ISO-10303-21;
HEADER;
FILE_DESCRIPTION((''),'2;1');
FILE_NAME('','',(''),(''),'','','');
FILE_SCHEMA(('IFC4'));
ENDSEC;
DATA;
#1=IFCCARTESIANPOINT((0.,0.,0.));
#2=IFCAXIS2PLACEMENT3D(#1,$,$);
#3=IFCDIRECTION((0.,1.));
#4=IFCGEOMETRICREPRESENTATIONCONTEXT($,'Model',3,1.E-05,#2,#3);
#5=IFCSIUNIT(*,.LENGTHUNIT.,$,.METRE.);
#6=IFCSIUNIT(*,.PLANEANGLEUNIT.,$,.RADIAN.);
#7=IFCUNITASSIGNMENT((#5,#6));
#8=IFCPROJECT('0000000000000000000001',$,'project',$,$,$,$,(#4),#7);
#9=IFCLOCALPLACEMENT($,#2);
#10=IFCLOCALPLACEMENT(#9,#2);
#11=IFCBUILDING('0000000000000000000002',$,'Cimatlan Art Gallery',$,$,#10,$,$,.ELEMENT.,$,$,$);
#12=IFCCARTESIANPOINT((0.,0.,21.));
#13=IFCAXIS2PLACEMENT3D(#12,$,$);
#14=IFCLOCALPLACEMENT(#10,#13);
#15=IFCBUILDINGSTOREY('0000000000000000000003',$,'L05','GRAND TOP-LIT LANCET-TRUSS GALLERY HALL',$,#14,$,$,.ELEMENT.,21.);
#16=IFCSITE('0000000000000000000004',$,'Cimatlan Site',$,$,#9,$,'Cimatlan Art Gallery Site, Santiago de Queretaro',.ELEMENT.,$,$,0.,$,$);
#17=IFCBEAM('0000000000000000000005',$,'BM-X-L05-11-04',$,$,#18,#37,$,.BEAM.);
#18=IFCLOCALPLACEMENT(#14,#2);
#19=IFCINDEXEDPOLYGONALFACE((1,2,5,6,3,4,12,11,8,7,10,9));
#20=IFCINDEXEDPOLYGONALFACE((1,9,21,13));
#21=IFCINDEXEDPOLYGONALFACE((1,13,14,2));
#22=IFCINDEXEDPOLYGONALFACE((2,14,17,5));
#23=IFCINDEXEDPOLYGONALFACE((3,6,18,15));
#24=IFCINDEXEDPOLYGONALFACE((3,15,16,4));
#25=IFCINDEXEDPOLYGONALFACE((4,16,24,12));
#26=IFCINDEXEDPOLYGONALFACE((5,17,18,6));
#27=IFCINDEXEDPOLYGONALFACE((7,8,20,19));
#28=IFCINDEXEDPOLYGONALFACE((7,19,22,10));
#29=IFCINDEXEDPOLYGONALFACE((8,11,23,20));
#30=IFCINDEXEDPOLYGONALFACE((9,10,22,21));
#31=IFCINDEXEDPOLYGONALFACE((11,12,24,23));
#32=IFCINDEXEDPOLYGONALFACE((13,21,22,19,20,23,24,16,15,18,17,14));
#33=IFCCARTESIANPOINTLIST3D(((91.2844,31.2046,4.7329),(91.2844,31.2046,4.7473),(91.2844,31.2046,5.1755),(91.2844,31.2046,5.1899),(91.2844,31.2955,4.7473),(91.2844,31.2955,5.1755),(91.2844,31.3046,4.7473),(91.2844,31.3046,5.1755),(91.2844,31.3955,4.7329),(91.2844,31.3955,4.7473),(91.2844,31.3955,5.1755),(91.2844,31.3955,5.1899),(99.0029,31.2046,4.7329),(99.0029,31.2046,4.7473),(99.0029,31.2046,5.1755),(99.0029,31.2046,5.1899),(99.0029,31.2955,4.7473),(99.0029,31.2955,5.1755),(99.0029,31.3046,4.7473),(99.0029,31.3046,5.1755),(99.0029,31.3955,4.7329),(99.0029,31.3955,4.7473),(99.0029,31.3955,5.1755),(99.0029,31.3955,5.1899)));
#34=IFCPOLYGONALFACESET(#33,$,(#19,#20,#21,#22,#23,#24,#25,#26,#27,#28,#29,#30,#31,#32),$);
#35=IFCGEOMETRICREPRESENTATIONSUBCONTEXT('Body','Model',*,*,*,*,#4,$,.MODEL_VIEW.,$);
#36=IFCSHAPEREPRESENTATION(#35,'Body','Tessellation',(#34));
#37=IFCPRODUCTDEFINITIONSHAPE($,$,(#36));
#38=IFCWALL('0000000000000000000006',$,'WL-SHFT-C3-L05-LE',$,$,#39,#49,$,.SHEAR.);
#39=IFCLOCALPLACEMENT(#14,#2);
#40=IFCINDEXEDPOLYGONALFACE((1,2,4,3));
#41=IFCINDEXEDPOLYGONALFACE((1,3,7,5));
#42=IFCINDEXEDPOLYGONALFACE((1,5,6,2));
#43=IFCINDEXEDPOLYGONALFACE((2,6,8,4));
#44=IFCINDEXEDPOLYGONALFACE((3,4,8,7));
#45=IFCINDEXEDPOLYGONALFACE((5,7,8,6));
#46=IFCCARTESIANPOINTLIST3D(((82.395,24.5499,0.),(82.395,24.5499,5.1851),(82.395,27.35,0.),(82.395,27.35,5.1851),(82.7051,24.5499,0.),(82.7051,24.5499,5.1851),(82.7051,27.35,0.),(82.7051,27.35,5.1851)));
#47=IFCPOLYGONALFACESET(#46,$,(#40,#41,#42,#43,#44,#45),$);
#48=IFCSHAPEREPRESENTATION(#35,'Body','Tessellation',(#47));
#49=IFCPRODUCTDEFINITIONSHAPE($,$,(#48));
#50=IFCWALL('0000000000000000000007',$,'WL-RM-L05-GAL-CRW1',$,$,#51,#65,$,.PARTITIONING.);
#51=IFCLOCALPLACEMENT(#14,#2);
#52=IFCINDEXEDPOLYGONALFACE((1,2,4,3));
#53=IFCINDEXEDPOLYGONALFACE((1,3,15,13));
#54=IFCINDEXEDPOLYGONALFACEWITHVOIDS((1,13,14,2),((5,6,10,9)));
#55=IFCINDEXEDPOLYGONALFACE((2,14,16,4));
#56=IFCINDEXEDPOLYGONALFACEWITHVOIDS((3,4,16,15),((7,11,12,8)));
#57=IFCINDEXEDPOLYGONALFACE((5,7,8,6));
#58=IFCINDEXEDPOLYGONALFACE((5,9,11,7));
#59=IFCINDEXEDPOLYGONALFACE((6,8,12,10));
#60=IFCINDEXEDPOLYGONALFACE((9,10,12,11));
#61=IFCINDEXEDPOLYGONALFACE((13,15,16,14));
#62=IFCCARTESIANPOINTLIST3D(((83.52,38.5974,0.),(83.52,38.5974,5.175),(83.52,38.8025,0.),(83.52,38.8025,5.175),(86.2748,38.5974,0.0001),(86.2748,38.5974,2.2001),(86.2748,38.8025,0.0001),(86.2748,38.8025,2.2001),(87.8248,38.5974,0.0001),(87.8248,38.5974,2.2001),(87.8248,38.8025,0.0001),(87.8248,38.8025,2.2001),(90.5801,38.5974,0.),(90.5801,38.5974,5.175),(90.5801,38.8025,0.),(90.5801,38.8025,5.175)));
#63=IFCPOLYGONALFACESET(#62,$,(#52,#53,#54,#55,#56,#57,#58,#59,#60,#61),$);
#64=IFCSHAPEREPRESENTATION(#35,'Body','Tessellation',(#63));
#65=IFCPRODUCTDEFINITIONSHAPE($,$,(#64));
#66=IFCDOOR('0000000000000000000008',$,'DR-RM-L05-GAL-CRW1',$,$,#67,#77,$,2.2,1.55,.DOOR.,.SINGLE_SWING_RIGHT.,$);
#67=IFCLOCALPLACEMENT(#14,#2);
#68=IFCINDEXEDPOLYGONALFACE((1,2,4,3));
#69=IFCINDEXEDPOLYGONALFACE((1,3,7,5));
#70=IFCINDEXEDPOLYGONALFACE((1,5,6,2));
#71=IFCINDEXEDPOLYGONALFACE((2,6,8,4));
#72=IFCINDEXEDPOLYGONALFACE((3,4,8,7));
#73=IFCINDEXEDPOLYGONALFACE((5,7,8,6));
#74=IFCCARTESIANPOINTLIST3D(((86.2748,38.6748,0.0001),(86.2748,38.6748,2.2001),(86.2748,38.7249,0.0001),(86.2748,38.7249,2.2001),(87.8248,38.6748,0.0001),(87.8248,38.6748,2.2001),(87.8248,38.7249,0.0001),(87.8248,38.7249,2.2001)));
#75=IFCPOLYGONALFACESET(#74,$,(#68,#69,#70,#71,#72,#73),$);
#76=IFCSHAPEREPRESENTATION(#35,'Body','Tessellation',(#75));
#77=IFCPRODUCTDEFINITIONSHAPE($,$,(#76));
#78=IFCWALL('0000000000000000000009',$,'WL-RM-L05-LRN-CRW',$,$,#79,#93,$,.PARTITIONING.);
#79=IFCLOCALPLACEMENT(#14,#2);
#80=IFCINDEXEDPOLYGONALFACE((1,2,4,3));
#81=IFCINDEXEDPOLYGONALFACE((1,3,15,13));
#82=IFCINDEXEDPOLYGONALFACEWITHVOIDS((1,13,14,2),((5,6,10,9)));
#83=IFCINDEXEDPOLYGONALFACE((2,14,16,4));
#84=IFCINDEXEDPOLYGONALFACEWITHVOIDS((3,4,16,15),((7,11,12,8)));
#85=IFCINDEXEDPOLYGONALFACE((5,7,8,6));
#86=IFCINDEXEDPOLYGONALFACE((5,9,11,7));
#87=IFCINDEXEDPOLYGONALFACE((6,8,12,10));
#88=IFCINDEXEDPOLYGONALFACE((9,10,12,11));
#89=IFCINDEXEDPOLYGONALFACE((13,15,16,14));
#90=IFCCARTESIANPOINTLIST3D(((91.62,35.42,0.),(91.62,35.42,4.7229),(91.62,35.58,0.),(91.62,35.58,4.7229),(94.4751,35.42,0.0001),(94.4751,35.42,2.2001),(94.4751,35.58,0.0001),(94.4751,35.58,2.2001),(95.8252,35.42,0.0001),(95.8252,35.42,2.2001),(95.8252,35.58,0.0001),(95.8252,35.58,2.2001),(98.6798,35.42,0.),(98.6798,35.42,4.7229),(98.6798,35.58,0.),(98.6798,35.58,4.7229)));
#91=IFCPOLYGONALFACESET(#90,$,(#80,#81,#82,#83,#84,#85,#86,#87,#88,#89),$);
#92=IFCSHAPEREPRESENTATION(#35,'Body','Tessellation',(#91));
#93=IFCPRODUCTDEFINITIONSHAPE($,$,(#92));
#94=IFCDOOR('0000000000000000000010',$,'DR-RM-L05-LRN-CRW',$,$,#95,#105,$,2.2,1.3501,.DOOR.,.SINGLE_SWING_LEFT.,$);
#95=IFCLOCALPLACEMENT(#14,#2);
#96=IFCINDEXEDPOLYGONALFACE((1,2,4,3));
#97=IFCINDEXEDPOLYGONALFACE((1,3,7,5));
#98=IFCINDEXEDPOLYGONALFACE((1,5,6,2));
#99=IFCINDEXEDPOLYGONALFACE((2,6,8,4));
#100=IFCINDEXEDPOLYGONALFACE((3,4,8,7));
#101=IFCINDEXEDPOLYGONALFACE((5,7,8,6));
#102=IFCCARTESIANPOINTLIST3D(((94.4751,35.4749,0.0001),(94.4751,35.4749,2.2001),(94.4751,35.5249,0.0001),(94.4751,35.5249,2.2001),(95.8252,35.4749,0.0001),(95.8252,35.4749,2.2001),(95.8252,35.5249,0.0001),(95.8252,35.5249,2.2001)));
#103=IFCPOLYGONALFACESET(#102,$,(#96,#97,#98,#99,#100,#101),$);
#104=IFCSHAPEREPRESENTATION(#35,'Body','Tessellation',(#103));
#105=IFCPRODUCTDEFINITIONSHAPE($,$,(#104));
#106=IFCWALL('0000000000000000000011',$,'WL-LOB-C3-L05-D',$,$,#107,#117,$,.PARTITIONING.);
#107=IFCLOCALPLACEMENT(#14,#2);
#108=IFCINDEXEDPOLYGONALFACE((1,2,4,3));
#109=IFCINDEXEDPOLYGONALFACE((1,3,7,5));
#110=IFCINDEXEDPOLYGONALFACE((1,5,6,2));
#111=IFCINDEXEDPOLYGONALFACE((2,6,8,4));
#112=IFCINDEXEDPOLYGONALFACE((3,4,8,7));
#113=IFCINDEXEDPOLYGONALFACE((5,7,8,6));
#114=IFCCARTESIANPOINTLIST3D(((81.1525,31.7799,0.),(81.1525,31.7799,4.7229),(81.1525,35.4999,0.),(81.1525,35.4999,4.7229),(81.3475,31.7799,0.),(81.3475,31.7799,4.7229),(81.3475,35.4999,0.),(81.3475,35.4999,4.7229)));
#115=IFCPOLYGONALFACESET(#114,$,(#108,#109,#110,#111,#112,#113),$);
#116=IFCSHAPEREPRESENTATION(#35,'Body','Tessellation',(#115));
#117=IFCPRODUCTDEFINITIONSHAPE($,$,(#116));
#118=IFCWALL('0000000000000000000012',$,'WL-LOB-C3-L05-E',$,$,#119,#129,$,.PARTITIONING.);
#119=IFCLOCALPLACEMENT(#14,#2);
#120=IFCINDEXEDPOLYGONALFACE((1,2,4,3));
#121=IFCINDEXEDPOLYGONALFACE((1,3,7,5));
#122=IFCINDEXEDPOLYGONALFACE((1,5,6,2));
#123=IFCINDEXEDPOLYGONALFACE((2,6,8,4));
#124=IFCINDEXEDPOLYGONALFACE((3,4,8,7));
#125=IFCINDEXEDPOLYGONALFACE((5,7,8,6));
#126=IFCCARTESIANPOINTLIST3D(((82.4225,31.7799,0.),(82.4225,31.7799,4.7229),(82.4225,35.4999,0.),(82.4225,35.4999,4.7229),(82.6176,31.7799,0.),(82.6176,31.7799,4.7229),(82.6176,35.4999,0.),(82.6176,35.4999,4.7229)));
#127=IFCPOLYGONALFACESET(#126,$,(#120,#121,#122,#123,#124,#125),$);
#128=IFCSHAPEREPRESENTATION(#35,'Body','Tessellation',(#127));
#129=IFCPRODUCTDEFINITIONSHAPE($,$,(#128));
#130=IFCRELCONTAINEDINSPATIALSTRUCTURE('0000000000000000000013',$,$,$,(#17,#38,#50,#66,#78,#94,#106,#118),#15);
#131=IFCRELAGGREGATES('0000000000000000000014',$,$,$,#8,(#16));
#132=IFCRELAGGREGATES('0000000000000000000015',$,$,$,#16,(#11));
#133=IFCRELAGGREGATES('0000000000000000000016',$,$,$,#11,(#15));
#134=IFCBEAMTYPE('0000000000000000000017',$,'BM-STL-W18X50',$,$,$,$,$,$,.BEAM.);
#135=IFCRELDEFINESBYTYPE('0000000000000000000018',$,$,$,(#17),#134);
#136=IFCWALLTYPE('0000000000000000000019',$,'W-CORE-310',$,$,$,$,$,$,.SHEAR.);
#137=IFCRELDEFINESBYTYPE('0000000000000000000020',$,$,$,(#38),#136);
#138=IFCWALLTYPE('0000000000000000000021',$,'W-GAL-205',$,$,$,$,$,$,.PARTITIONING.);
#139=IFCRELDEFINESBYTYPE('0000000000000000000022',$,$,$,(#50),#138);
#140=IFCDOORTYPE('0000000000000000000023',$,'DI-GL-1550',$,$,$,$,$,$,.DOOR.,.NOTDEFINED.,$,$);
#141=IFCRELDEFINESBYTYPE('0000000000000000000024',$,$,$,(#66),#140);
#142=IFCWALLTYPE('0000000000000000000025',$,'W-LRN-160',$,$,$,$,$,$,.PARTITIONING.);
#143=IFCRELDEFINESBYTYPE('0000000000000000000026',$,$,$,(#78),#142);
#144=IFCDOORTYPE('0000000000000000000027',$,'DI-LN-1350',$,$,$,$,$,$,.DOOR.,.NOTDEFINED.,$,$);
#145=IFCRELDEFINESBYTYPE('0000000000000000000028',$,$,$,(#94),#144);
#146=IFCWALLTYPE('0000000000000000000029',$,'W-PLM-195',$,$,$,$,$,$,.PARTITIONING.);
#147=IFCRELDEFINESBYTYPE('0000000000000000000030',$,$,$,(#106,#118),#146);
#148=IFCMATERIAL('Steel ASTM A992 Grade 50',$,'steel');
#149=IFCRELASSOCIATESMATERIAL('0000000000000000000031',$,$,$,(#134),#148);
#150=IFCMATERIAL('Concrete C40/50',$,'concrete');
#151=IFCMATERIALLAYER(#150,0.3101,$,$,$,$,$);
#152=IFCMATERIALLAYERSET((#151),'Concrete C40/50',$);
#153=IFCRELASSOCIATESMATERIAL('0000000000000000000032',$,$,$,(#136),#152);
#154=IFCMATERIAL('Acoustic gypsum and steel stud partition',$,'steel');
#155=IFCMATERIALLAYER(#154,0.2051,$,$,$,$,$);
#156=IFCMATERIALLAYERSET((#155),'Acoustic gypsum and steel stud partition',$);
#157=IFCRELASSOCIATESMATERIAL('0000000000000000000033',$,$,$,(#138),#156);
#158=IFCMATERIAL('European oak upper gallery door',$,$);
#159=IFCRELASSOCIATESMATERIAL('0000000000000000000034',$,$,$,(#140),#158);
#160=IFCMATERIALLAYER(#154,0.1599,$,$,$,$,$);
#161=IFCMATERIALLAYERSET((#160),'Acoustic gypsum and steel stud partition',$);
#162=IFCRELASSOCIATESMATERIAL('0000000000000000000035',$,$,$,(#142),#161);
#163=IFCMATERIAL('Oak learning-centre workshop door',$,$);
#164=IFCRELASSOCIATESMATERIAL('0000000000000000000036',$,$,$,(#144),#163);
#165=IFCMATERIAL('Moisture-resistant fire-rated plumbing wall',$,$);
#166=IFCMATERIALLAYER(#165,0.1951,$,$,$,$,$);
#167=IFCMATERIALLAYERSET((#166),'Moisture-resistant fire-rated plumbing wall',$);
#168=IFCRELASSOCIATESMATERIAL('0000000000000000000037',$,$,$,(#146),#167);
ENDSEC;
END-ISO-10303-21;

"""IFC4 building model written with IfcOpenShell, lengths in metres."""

from ifc_helpers import new_model, si_unit, direction, frame, frame_2d, origin, origin_2d, place, context, subcontext, project, spatial, rectangle, i_section, extrude, material, layer, layer_set, material_profile, profile_set, type_object, element, fill, save


model = new_model("IFC4")

# Units and contexts
model_context = context("Model", 3, precision=1e-05, world=origin(), true_north=direction((0.0, 1.0)))
body_context = subcontext(model_context, "Body", "Model", "MODEL_VIEW")
ifc_project = project(units=[si_unit("LENGTHUNIT", "METRE"), si_unit("PLANEANGLEUNIT", "RADIAN")], contexts=[model_context])

# Site, building, storey
site_placement = place(None, origin())
site = spatial("IfcSite", under=ifc_project, at=site_placement, Name="Cimatlan Site", LongName="Cimatlan Art Gallery Site, Santiago de Queretaro", CompositionType="ELEMENT", RefElevation=0.0)
building_placement = place(site_placement, origin())
building = spatial("IfcBuilding", under=site, at=building_placement, Name="Cimatlan Art Gallery", CompositionType="ELEMENT")
storey_placement = place(building_placement, frame((0.0, 0.0, 21.0)))
storey = spatial("IfcBuildingStorey", under=building, at=storey_placement, Name="L05", Description="GRAND TOP-LIT LANCET-TRUSS GALLERY HALL", CompositionType="ELEMENT", Elevation=21.0)

# Shared definitions
ifc_material_1 = material(Name="Steel ASTM A992 Grade 50", Category="steel")

# Beam
ifc_material_profile_1 = material_profile(ifc_material_1, i_section(OverallWidth=0.1909, OverallDepth=0.457, WebThickness=0.009, FlangeThickness=0.0144, at=origin_2d()), Name="W18X50")
ifc_profile_set_1 = profile_set([ifc_material_profile_1], Name="Steel ASTM A992 Grade 50")
beam_type = type_object("IfcBeamType", Name="BM-STL-W18X50", PredefinedType="BEAM", material=ifc_profile_set_1)
for number, where, z_axis, x_axis, name in (
    (1, (91.2844, 31.3, 4.9614), (1.0, 0.0, 0.0), (0.0, 1.0, 0.0), "BM-X-L05-11-04"),
):
    element("IfcBeam", number, at=place(storey_placement, frame(where, z_axis=z_axis, x_axis=x_axis)), inside=storey, type_object=beam_type, Name=name, PredefinedType="BEAM", context=body_context, shape_type="SweptSolid", body=[
        extrude(i_section(OverallWidth=0.1909, OverallDepth=0.457, WebThickness=0.009, FlangeThickness=0.0144, at=origin_2d()), origin(), (0.0, 0.0, 1.0), 7.7185),
    ])

# Wall
ifc_material_2 = material(Name="Concrete C40/50", Category="concrete")
ifc_layer_1 = layer(ifc_material_2, 0.3101)
ifc_layer_set_1 = layer_set([ifc_layer_1], Name="Concrete C40/50")
wall_type_1 = type_object("IfcWallType", Name="W-CORE-310", PredefinedType="SHEAR", material=ifc_layer_set_1)
wall_1_placement = place(storey_placement, frame((82.55, 24.55, 0.0), z_axis=(0.0, 0.0, 1.0), x_axis=(0.0, 1.0, 0.0)))
element("IfcWall", 2, at=wall_1_placement, inside=storey, type_object=wall_type_1, Name="WL-SHFT-C3-L05-LE", PredefinedType="SHEAR", context=body_context, shape_type="SweptSolid", body=[
    extrude(rectangle(XDim=2.8, YDim=0.3101, at=frame_2d((1.3999, 0.0))), origin(), (0.0, 0.0, 1.0), 5.1851),
])

# Walls, openings, doors
ifc_material_3 = material(Name="Acoustic gypsum and steel stud partition", Category="steel")
ifc_layer_2 = layer(ifc_material_3, 0.2051)
ifc_layer_set_2 = layer_set([ifc_layer_2], Name="Acoustic gypsum and steel stud partition")
wall_type_2 = type_object("IfcWallType", Name="W-GAL-205", PredefinedType="PARTITIONING", material=ifc_layer_set_2)
wall_2_placement = place(storey_placement, frame((83.52, 38.7, 0.0), z_axis=(0.0, 0.0, 1.0), x_axis=(1.0, 0.0, 0.0)))
wall_2 = element("IfcWall", 3, at=wall_2_placement, inside=storey, type_object=wall_type_2, Name="WL-RM-L05-GAL-CRW1", PredefinedType="PARTITIONING", context=body_context, shape_type="SweptSolid", body=[
    extrude(rectangle(XDim=7.0601, YDim=0.2051, at=frame_2d((3.53, 0.0))), origin(), (0.0, 0.0, 1.0), 5.175),
])
opening_1_placement = place(wall_2_placement, frame((2.7549, 0.0, 0.0)))
opening_1 = element("IfcOpeningElement", 4, at=opening_1_placement, cuts=wall_2, PredefinedType="OPENING", context=body_context, shape_type="SweptSolid", body=[
    extrude(rectangle(XDim=1.55, YDim=2.2, at=frame_2d((0.7749, 1.1001))), frame((0.0, 0.1125, 0.0), z_axis=(0.0, -1.0, 0.0), x_axis=(1.0, 0.0, 0.0)), (0.0, 0.0, 1.0), 0.2251),
])
ifc_material_4 = material(Name="European oak upper gallery door")
door_type_1 = type_object("IfcDoorType", Name="DI-GL-1550", OperationType="NOTDEFINED", PredefinedType="DOOR", material=ifc_material_4)
door_1_placement = place(opening_1_placement, origin())
door_1 = element("IfcDoor", 5, at=door_1_placement, inside=storey, type_object=door_type_1, Name="DR-RM-L05-GAL-CRW1", OperationType="SINGLE_SWING_RIGHT", OverallHeight=2.2, OverallWidth=1.55, PredefinedType="DOOR", context=body_context, shape_type="SweptSolid", body=[
    extrude(rectangle(XDim=1.55, YDim=2.2, at=frame_2d((0.7749, 1.1001))), frame((0.0, 0.0249, 0.0), z_axis=(0.0, -1.0, 0.0), x_axis=(1.0, 0.0, 0.0)), (0.0, 0.0, 1.0), 0.05),
])
fill(opening_1, door_1)
ifc_layer_3 = layer(ifc_material_3, 0.1599)
ifc_layer_set_3 = layer_set([ifc_layer_3], Name="Acoustic gypsum and steel stud partition")
wall_type_3 = type_object("IfcWallType", Name="W-LRN-160", PredefinedType="PARTITIONING", material=ifc_layer_set_3)
wall_3_placement = place(storey_placement, frame((91.6201, 35.5, 0.0), z_axis=(0.0, 0.0, 1.0), x_axis=(1.0, 0.0, 0.0)))
wall_3 = element("IfcWall", 6, at=wall_3_placement, inside=storey, type_object=wall_type_3, Name="WL-RM-L05-LRN-CRW", PredefinedType="PARTITIONING", context=body_context, shape_type="SweptSolid", body=[
    extrude(rectangle(XDim=7.0598, YDim=0.1599, at=frame_2d((3.5298, 0.0))), origin(), (0.0, 0.0, 1.0), 4.7229),
])
opening_2_placement = place(wall_3_placement, frame((2.855, 0.0, 0.0)))
opening_2 = element("IfcOpeningElement", 7, at=opening_2_placement, cuts=wall_3, PredefinedType="OPENING", context=body_context, shape_type="SweptSolid", body=[
    extrude(rectangle(XDim=1.3501, YDim=2.2, at=frame_2d((0.675, 1.1001))), frame((0.0, 0.0898, 0.0), z_axis=(0.0, -1.0, 0.0), x_axis=(1.0, 0.0, 0.0)), (0.0, 0.0, 1.0), 0.1799),
])
ifc_material_5 = material(Name="Oak learning-centre workshop door")
door_type_2 = type_object("IfcDoorType", Name="DI-LN-1350", OperationType="NOTDEFINED", PredefinedType="DOOR", material=ifc_material_5)
door_2_placement = place(opening_2_placement, origin())
door_2 = element("IfcDoor", 8, at=door_2_placement, inside=storey, type_object=door_type_2, Name="DR-RM-L05-LRN-CRW", OperationType="SINGLE_SWING_LEFT", OverallHeight=2.2, OverallWidth=1.3501, PredefinedType="DOOR", context=body_context, shape_type="SweptSolid", body=[
    extrude(rectangle(XDim=1.3501, YDim=2.2, at=frame_2d((0.675, 1.1001))), frame((0.0, 0.0249, 0.0), z_axis=(0.0, -1.0, 0.0), x_axis=(1.0, 0.0, 0.0)), (0.0, 0.0, 1.0), 0.05),
])
fill(opening_2, door_2)

# Walls
ifc_material_6 = material(Name="Moisture-resistant fire-rated plumbing wall")
ifc_layer_4 = layer(ifc_material_6, 0.1951)
ifc_layer_set_4 = layer_set([ifc_layer_4], Name="Moisture-resistant fire-rated plumbing wall")
wall_type_4 = type_object("IfcWallType", Name="W-PLM-195", PredefinedType="PARTITIONING", material=ifc_layer_set_4)
for number, where, z_axis, x_axis, name in (
    (9, (81.25, 31.78, 0.0), (0.0, 0.0, 1.0), (0.0, 1.0, 0.0), "WL-LOB-C3-L05-D"),
    (10, (82.52, 31.78, 0.0), (0.0, 0.0, 1.0), (0.0, 1.0, 0.0), "WL-LOB-C3-L05-E"),
):
    element("IfcWall", number, at=place(storey_placement, frame(where, z_axis=z_axis, x_axis=x_axis)), inside=storey, type_object=wall_type_4, Name=name, PredefinedType="PARTITIONING", context=body_context, shape_type="SweptSolid", body=[
        extrude(rectangle(XDim=3.72, YDim=0.1951, at=frame_2d((1.8599, 0.0))), origin(), (0.0, 0.0, 1.0), 4.7229),
    ])

save(model, "model.ifc")
